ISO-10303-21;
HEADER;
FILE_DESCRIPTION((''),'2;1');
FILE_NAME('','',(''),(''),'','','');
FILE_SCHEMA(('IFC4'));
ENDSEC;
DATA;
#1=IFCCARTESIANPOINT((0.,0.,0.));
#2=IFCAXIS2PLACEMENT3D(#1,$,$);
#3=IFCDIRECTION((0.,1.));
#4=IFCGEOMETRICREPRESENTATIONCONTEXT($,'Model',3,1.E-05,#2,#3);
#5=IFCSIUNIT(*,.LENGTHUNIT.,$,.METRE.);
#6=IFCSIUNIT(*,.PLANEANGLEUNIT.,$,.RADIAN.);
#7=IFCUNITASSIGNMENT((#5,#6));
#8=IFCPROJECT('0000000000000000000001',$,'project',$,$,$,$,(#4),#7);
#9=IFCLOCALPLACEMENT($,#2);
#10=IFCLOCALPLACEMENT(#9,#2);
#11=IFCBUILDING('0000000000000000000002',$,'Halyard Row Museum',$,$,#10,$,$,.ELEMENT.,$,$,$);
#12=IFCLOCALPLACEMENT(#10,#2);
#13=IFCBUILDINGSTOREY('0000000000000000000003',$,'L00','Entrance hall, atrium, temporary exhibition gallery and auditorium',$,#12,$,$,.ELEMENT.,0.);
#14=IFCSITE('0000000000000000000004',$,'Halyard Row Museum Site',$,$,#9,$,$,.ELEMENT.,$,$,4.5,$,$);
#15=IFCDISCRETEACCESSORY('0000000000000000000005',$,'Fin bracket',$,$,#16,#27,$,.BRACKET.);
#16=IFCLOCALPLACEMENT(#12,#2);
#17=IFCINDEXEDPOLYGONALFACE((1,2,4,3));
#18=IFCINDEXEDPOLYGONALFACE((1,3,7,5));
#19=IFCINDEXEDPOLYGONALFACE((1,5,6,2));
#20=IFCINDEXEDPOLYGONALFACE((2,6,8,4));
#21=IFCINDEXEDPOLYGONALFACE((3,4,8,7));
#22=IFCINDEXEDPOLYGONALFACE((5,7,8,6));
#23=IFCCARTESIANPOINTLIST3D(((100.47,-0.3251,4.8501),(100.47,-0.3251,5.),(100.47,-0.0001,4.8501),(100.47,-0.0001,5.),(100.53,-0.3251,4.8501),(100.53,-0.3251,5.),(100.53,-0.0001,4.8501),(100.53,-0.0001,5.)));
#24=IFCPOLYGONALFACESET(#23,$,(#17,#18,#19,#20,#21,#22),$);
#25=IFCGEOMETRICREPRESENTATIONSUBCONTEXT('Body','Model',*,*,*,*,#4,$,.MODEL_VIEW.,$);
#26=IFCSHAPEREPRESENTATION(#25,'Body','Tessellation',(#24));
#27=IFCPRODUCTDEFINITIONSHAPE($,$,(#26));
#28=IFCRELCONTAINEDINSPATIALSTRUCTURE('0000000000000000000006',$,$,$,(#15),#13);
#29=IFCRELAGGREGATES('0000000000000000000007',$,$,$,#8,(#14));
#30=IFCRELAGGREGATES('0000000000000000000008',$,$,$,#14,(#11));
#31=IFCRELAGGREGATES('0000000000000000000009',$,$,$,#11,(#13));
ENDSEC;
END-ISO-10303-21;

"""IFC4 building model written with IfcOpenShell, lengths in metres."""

from ifc_helpers import new_model, si_unit, direction, frame, origin, origin_2d, place, context, subcontext, project, spatial, rectangle, extrude, element, save


model = new_model("IFC4")

# Units and contexts
model_context = context("Model", 3, precision=1e-05, world=origin(), true_north=direction((0.0, 1.0)))
body_context = subcontext(model_context, "Body", "Model", "MODEL_VIEW")
ifc_project = project(units=[si_unit("LENGTHUNIT", "METRE"), si_unit("PLANEANGLEUNIT", "RADIAN")], contexts=[model_context])

# Site, building, storey
site_placement = place(None, origin())
site = spatial("IfcSite", under=ifc_project, at=site_placement, Name="Halyard Row Museum Site", CompositionType="ELEMENT", RefElevation=4.5)
building_placement = place(site_placement, origin())
building = spatial("IfcBuilding", under=site, at=building_placement, Name="Halyard Row Museum", CompositionType="ELEMENT")
storey_placement = place(building_placement, origin())
storey = spatial("IfcBuildingStorey", under=building, at=storey_placement, Name="L00", Description="Entrance hall, atrium, temporary exhibition gallery and auditorium", CompositionType="ELEMENT", Elevation=0.0)

# Discrete accessory
discrete_accessory_placement = place(storey_placement, frame((100.5, -0.1626, 4.8501), z_axis=(0.0, 0.0, 1.0), x_axis=(1.0, 0.0, 0.0)))
element("IfcDiscreteAccessory", 1, at=discrete_accessory_placement, inside=storey, Name="Fin bracket", PredefinedType="BRACKET", context=body_context, shape_type="SweptSolid", body=[
    extrude(rectangle(XDim=0.0601, YDim=0.325, at=origin_2d()), origin(), (0.0, 0.0, 1.0), 0.1499),
])

save(model, "model.ifc")
